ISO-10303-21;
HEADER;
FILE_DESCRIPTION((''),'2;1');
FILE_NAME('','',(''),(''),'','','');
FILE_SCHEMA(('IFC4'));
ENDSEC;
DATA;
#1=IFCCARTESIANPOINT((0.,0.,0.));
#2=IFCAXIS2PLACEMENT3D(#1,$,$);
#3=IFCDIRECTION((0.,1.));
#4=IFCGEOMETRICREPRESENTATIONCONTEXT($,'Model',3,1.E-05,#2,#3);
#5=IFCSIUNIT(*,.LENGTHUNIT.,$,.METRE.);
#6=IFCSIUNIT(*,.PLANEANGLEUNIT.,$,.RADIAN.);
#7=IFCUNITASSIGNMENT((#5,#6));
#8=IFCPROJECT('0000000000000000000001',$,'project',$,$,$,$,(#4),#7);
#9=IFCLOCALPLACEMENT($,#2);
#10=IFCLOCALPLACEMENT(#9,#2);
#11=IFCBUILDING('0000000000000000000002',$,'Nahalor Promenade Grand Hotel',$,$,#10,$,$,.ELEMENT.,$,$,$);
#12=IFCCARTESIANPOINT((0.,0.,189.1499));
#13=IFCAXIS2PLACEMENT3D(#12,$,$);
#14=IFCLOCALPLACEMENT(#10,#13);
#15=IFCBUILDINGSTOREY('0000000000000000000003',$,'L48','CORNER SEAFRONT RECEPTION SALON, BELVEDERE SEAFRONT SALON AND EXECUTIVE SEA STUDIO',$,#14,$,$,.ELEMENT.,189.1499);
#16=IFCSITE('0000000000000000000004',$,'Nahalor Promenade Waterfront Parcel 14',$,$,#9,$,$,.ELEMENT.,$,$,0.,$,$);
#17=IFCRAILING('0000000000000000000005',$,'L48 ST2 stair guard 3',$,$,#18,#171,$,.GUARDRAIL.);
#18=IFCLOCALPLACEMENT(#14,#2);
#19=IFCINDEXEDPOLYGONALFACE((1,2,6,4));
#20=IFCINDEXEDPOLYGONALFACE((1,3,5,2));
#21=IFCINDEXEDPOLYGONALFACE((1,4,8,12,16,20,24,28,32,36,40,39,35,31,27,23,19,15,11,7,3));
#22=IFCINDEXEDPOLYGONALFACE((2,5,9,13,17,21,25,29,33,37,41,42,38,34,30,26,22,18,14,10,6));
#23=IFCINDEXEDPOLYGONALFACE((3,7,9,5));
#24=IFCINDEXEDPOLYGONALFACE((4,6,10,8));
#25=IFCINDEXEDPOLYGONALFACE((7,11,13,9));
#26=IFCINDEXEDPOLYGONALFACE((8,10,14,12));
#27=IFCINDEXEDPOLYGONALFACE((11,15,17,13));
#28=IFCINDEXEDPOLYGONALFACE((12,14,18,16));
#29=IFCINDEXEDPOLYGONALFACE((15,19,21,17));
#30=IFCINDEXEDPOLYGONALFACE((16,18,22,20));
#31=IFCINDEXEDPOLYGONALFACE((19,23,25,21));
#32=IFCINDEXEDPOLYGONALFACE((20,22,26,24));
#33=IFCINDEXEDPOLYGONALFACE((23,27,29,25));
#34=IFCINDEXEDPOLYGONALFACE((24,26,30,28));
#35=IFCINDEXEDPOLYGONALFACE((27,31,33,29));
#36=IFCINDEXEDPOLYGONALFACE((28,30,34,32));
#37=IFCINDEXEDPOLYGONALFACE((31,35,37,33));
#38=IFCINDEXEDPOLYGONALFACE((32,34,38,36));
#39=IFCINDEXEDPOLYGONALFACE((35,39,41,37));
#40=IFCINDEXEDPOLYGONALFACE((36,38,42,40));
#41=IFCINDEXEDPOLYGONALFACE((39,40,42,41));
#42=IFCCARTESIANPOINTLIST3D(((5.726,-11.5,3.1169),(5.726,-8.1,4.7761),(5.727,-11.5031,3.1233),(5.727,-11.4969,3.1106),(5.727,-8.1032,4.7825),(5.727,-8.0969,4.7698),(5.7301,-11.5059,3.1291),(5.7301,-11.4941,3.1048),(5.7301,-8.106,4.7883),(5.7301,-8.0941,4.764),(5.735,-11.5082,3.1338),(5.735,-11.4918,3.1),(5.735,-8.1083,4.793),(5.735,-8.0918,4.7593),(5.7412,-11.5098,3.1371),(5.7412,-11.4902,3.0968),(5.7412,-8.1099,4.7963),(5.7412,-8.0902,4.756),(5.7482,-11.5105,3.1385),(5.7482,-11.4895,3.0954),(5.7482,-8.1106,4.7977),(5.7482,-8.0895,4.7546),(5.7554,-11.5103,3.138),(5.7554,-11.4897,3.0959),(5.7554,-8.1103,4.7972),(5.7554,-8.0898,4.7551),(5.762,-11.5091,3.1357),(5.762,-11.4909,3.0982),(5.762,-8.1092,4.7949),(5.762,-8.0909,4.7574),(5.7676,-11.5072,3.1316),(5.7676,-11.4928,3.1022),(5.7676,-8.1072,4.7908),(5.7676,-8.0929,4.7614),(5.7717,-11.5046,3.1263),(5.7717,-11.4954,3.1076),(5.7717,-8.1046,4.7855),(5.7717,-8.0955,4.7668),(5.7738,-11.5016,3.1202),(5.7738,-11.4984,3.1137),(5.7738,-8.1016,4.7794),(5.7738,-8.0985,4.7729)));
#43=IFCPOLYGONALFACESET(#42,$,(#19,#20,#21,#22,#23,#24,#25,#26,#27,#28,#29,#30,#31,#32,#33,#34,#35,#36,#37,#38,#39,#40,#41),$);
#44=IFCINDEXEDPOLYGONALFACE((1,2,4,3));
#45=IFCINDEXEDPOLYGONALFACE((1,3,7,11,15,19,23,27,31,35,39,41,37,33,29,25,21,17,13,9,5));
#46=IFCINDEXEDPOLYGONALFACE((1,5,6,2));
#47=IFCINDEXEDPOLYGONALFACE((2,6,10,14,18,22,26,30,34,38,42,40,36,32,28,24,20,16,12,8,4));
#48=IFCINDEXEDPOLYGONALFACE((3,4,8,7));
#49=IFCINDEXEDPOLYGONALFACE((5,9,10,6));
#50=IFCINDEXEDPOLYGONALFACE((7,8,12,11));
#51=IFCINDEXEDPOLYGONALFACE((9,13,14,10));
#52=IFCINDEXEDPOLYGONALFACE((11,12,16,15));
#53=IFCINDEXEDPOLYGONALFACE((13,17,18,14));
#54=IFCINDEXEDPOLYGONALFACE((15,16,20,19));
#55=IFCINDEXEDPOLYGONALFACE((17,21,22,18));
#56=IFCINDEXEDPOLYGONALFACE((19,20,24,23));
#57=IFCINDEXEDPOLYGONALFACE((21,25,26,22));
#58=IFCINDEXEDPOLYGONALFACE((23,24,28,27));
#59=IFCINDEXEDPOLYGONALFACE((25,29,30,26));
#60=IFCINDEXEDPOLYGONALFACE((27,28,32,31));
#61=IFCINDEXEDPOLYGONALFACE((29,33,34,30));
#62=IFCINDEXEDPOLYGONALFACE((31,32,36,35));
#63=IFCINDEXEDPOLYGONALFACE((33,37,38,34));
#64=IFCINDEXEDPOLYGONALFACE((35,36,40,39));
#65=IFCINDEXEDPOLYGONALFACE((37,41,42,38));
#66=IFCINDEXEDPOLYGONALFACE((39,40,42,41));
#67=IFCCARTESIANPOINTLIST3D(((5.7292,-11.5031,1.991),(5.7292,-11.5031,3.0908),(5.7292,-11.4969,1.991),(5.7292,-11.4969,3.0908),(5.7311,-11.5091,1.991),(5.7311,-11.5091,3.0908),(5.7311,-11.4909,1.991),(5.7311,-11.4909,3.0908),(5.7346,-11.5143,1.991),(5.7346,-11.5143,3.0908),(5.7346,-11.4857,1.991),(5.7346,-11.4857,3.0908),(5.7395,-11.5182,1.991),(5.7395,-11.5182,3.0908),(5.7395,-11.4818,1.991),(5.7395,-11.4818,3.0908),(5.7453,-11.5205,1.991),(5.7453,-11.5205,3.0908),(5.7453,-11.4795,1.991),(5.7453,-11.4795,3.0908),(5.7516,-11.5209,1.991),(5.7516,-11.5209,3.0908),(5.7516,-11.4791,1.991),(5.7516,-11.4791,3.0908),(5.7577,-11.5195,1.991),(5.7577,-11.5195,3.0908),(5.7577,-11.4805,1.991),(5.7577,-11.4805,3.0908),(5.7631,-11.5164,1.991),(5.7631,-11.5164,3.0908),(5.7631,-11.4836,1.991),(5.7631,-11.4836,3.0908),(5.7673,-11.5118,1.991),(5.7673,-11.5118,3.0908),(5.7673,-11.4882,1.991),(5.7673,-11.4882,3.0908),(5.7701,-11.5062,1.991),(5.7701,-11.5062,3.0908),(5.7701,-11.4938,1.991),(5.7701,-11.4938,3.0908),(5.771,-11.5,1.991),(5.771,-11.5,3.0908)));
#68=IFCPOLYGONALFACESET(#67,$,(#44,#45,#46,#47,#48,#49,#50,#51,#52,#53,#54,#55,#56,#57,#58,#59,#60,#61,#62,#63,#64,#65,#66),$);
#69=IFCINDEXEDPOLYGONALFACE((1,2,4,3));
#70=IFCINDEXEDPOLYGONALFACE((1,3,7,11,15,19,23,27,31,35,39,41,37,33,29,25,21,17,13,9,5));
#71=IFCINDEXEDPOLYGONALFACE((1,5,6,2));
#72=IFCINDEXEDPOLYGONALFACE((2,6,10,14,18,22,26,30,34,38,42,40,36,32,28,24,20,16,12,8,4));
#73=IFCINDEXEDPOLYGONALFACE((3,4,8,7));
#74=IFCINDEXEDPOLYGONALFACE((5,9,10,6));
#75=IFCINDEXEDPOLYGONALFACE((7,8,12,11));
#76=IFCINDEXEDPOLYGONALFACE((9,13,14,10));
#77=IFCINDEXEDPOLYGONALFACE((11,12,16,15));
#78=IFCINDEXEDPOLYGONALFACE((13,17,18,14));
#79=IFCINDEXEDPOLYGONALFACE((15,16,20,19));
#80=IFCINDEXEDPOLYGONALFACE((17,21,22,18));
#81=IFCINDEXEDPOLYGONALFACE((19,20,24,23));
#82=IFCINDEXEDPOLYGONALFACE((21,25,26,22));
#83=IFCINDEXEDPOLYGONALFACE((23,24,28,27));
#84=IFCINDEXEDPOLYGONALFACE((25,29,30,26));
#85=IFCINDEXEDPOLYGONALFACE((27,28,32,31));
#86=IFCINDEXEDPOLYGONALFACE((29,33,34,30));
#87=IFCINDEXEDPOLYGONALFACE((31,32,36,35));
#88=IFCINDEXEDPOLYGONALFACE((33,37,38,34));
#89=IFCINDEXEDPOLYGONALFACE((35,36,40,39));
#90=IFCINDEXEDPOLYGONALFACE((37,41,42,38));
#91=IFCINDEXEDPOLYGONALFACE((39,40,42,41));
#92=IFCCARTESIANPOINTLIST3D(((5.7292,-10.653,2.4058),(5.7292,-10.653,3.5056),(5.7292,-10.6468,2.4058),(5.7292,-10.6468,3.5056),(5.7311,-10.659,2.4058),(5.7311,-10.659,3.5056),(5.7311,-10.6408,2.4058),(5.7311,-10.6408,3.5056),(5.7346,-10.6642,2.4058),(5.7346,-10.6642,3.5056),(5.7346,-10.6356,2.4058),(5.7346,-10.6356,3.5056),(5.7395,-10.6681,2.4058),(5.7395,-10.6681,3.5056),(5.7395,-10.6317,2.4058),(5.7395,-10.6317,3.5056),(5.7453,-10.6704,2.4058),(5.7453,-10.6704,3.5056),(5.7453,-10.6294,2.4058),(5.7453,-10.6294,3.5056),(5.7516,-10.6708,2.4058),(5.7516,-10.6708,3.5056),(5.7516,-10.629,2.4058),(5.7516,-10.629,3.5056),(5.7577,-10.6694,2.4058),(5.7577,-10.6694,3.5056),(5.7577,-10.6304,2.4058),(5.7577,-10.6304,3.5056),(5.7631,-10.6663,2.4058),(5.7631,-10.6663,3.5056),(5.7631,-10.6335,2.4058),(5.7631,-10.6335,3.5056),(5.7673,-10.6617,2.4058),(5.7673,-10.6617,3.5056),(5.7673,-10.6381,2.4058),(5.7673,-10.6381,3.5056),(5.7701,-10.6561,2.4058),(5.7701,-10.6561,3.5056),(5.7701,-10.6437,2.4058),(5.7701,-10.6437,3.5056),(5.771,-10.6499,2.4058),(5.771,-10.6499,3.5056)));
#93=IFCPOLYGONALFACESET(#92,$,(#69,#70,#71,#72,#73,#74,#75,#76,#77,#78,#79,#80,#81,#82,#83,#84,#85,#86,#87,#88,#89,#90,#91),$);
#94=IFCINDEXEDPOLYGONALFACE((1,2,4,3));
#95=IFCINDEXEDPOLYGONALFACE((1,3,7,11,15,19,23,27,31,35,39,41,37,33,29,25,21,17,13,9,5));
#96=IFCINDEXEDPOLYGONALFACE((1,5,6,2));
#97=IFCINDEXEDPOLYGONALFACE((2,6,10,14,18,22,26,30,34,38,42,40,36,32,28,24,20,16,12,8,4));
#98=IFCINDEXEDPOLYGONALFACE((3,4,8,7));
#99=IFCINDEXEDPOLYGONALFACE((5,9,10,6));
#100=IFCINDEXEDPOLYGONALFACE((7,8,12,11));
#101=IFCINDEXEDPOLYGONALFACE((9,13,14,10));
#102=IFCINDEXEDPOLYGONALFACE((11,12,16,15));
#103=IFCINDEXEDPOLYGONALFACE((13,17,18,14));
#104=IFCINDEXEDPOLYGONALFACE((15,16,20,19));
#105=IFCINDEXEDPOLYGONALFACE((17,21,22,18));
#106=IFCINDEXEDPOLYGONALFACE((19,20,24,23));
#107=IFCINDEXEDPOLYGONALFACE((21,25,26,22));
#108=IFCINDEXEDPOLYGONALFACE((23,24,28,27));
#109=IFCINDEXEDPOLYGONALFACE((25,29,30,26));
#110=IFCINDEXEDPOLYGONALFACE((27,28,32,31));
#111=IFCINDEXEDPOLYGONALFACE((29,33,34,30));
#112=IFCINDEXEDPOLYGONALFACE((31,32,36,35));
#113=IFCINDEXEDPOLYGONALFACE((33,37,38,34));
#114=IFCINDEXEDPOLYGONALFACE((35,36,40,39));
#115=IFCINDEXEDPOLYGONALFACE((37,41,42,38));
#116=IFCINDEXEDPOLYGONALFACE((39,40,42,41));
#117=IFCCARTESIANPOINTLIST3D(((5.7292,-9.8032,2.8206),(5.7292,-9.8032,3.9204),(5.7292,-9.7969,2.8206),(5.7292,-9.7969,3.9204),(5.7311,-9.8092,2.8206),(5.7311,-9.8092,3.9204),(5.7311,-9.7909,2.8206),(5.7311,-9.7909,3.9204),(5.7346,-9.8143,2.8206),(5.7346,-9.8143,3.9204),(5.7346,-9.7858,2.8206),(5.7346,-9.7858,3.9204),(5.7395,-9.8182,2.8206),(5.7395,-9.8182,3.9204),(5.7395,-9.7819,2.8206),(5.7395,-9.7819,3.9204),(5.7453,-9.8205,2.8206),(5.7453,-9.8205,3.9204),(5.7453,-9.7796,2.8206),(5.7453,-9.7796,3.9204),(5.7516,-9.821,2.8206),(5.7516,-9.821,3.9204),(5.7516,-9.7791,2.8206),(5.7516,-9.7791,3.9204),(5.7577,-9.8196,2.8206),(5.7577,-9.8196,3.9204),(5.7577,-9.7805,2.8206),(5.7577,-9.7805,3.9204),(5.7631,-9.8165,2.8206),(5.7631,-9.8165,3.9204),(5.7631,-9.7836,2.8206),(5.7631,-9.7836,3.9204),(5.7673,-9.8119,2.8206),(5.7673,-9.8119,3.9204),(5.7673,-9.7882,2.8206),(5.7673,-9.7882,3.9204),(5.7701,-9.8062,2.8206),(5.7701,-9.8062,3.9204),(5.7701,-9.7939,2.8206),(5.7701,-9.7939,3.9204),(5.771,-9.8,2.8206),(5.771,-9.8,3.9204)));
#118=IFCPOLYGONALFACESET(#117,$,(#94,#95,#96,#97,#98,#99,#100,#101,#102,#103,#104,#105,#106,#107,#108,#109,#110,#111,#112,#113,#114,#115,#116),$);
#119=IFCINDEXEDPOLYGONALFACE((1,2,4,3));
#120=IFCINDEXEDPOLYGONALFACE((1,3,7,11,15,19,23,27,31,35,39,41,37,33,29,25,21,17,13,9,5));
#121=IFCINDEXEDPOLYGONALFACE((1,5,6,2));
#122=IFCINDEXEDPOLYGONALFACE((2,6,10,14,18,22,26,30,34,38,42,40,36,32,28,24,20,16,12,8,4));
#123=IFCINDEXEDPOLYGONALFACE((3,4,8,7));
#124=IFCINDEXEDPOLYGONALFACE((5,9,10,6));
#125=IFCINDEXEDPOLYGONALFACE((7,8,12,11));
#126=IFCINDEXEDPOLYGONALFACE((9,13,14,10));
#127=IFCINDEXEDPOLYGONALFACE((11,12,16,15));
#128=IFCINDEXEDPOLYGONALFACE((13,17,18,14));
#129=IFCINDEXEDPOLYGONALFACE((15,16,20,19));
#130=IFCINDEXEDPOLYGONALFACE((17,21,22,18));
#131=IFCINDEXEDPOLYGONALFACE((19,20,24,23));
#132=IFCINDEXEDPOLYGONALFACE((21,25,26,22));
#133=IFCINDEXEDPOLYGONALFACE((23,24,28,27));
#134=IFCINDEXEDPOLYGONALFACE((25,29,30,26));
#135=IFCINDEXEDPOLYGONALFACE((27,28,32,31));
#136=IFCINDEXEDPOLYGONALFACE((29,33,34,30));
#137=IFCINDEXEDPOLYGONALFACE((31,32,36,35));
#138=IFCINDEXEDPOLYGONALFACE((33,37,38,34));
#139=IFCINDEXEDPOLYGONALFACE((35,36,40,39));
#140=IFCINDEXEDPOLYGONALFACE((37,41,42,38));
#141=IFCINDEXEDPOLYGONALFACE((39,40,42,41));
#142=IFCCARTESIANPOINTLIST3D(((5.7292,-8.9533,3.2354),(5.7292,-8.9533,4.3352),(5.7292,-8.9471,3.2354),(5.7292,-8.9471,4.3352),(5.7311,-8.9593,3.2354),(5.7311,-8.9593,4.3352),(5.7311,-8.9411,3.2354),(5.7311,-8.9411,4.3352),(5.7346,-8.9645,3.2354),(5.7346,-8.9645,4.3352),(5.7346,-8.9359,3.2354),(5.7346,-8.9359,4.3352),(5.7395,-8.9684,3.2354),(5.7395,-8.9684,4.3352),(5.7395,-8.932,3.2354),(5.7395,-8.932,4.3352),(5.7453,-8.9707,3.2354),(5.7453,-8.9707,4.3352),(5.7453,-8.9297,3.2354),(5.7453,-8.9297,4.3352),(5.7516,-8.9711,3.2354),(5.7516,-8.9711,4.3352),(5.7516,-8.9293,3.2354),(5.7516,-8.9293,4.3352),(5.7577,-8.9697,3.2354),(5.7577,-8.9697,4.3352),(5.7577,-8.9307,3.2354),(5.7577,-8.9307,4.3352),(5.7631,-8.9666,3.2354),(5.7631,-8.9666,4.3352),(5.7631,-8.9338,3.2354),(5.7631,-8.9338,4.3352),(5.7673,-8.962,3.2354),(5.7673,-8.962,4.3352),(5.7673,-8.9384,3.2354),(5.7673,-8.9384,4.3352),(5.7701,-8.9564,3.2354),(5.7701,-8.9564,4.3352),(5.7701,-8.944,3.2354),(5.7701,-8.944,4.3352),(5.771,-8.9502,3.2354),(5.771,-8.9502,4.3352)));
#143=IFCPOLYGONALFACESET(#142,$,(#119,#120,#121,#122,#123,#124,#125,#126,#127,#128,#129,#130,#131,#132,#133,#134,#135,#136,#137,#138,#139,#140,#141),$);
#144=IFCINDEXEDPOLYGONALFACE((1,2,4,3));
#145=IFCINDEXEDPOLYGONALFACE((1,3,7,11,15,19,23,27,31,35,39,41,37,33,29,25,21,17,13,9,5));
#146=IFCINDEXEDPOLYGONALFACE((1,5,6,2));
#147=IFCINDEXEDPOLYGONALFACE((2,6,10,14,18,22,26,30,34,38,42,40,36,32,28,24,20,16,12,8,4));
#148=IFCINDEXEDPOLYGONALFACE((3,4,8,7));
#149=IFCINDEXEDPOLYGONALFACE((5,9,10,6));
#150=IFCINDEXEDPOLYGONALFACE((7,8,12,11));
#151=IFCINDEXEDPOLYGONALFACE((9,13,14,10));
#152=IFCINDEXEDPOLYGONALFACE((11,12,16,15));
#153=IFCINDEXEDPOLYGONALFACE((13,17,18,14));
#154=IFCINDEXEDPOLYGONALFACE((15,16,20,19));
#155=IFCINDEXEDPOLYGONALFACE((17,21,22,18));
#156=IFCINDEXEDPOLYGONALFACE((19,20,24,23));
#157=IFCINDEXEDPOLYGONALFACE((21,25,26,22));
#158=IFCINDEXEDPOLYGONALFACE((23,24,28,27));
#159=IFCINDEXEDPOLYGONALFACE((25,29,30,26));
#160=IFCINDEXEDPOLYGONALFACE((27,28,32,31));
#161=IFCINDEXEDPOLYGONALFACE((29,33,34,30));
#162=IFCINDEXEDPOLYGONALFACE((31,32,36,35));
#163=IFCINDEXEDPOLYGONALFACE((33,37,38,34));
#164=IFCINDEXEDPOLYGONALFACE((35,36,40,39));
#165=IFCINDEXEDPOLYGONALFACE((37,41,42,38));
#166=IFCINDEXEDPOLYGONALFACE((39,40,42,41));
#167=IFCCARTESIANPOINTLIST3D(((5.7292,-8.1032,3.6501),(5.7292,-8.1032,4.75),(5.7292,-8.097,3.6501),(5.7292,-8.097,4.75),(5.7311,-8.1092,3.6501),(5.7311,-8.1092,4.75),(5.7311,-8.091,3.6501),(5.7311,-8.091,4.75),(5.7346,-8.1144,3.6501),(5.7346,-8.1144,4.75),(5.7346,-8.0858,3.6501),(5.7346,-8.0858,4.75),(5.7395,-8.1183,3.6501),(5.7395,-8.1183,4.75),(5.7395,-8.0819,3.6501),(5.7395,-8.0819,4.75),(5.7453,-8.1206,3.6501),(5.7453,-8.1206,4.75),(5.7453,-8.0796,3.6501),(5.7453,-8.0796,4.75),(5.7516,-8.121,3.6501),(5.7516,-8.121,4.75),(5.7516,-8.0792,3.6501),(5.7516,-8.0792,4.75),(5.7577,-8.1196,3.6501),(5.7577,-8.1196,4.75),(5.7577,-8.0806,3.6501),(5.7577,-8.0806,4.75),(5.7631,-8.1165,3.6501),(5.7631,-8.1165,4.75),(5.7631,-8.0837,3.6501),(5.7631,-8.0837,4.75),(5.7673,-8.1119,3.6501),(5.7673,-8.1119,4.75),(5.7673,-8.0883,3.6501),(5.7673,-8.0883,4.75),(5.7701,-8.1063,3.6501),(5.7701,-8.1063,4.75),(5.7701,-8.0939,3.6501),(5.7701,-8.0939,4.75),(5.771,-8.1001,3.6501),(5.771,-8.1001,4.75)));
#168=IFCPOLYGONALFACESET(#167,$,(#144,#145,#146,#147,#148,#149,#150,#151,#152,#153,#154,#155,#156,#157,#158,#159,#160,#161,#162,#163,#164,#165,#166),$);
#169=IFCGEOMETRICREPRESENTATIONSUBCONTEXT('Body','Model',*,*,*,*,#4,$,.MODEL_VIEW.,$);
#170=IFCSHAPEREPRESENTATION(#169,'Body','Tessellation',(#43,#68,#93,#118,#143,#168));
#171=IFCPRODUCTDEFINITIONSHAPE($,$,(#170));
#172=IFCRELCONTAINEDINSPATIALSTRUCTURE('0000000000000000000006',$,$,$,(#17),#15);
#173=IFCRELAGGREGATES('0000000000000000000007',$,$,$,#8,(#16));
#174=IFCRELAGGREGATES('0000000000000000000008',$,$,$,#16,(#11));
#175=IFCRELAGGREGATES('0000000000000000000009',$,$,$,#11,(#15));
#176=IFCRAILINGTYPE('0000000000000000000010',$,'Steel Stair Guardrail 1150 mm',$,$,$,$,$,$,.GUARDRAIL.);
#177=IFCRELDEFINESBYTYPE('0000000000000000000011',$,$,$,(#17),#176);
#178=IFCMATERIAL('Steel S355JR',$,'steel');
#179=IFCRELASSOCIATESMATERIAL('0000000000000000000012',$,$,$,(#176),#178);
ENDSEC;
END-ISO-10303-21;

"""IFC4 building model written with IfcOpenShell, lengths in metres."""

from ifc_helpers import new_model, si_unit, direction, frame, origin, origin_2d, place, context, subcontext, project, spatial, circle, extrude, material, type_object, element, save


model = new_model("IFC4")

# Units and contexts
model_context = context("Model", 3, precision=1e-05, world=origin(), true_north=direction((0.0, 1.0)))
body_context = subcontext(model_context, "Body", "Model", "MODEL_VIEW")
ifc_project = project(units=[si_unit("LENGTHUNIT", "METRE"), si_unit("PLANEANGLEUNIT", "RADIAN")], contexts=[model_context])

# Site, building, storey
site_placement = place(None, origin())
site = spatial("IfcSite", under=ifc_project, at=site_placement, Name="Nahalor Promenade Waterfront Parcel 14", CompositionType="ELEMENT", RefElevation=0.0)
building_placement = place(site_placement, origin())
building = spatial("IfcBuilding", under=site, at=building_placement, Name="Nahalor Promenade Grand Hotel", CompositionType="ELEMENT")
storey_placement = place(building_placement, frame((0.0, 0.0, 189.1499)))
storey = spatial("IfcBuildingStorey", under=building, at=storey_placement, Name="L48", Description="CORNER SEAFRONT RECEPTION SALON, BELVEDERE SEAFRONT SALON AND EXECUTIVE SEA STUDIO", CompositionType="ELEMENT", Elevation=189.1499)

# Shared definitions
ifc_material_1 = material(Name="Steel S355JR", Category="steel")

# Railing
railing_type_1 = type_object("IfcRailingType", Name="Steel Stair Guardrail 1150 mm", PredefinedType="GUARDRAIL", material=ifc_material_1)
railing_1_placement = place(storey_placement, frame((5.75, -11.5, 1.991)))
element("IfcRailing", 1, at=railing_1_placement, inside=storey, type_object=railing_type_1, Name="L48 ST2 stair guard 3", PredefinedType="GUARDRAIL", context=body_context, shape_type="SweptSolid", body=[
    extrude(circle(Radius=0.024, at=origin_2d()), frame((0.0, 0.0, 1.126), z_axis=(0.0, 0.898696, 0.438571), x_axis=(-1.0, 0.0, 0.0)), (0.0, 0.0, 1.0), 3.7832),
    extrude(circle(Radius=0.021, at=origin_2d()), origin(), (0.0, 0.0, 1.0), 1.0999),
    extrude(circle(Radius=0.021, at=origin_2d()), frame((0.0, 0.8501, 0.4148)), (0.0, 0.0, 1.0), 1.0999),
    extrude(circle(Radius=0.021, at=origin_2d()), frame((0.0, 1.7, 0.8296)), (0.0, 0.0, 1.0), 1.0999),
    extrude(circle(Radius=0.021, at=origin_2d()), frame((0.0, 2.5498, 1.2444)), (0.0, 0.0, 1.0), 1.0999),
    extrude(circle(Radius=0.021, at=origin_2d()), frame((0.0, 3.3999, 1.6592)), (0.0, 0.0, 1.0), 1.0999),
])

save(model, "model.ifc")
